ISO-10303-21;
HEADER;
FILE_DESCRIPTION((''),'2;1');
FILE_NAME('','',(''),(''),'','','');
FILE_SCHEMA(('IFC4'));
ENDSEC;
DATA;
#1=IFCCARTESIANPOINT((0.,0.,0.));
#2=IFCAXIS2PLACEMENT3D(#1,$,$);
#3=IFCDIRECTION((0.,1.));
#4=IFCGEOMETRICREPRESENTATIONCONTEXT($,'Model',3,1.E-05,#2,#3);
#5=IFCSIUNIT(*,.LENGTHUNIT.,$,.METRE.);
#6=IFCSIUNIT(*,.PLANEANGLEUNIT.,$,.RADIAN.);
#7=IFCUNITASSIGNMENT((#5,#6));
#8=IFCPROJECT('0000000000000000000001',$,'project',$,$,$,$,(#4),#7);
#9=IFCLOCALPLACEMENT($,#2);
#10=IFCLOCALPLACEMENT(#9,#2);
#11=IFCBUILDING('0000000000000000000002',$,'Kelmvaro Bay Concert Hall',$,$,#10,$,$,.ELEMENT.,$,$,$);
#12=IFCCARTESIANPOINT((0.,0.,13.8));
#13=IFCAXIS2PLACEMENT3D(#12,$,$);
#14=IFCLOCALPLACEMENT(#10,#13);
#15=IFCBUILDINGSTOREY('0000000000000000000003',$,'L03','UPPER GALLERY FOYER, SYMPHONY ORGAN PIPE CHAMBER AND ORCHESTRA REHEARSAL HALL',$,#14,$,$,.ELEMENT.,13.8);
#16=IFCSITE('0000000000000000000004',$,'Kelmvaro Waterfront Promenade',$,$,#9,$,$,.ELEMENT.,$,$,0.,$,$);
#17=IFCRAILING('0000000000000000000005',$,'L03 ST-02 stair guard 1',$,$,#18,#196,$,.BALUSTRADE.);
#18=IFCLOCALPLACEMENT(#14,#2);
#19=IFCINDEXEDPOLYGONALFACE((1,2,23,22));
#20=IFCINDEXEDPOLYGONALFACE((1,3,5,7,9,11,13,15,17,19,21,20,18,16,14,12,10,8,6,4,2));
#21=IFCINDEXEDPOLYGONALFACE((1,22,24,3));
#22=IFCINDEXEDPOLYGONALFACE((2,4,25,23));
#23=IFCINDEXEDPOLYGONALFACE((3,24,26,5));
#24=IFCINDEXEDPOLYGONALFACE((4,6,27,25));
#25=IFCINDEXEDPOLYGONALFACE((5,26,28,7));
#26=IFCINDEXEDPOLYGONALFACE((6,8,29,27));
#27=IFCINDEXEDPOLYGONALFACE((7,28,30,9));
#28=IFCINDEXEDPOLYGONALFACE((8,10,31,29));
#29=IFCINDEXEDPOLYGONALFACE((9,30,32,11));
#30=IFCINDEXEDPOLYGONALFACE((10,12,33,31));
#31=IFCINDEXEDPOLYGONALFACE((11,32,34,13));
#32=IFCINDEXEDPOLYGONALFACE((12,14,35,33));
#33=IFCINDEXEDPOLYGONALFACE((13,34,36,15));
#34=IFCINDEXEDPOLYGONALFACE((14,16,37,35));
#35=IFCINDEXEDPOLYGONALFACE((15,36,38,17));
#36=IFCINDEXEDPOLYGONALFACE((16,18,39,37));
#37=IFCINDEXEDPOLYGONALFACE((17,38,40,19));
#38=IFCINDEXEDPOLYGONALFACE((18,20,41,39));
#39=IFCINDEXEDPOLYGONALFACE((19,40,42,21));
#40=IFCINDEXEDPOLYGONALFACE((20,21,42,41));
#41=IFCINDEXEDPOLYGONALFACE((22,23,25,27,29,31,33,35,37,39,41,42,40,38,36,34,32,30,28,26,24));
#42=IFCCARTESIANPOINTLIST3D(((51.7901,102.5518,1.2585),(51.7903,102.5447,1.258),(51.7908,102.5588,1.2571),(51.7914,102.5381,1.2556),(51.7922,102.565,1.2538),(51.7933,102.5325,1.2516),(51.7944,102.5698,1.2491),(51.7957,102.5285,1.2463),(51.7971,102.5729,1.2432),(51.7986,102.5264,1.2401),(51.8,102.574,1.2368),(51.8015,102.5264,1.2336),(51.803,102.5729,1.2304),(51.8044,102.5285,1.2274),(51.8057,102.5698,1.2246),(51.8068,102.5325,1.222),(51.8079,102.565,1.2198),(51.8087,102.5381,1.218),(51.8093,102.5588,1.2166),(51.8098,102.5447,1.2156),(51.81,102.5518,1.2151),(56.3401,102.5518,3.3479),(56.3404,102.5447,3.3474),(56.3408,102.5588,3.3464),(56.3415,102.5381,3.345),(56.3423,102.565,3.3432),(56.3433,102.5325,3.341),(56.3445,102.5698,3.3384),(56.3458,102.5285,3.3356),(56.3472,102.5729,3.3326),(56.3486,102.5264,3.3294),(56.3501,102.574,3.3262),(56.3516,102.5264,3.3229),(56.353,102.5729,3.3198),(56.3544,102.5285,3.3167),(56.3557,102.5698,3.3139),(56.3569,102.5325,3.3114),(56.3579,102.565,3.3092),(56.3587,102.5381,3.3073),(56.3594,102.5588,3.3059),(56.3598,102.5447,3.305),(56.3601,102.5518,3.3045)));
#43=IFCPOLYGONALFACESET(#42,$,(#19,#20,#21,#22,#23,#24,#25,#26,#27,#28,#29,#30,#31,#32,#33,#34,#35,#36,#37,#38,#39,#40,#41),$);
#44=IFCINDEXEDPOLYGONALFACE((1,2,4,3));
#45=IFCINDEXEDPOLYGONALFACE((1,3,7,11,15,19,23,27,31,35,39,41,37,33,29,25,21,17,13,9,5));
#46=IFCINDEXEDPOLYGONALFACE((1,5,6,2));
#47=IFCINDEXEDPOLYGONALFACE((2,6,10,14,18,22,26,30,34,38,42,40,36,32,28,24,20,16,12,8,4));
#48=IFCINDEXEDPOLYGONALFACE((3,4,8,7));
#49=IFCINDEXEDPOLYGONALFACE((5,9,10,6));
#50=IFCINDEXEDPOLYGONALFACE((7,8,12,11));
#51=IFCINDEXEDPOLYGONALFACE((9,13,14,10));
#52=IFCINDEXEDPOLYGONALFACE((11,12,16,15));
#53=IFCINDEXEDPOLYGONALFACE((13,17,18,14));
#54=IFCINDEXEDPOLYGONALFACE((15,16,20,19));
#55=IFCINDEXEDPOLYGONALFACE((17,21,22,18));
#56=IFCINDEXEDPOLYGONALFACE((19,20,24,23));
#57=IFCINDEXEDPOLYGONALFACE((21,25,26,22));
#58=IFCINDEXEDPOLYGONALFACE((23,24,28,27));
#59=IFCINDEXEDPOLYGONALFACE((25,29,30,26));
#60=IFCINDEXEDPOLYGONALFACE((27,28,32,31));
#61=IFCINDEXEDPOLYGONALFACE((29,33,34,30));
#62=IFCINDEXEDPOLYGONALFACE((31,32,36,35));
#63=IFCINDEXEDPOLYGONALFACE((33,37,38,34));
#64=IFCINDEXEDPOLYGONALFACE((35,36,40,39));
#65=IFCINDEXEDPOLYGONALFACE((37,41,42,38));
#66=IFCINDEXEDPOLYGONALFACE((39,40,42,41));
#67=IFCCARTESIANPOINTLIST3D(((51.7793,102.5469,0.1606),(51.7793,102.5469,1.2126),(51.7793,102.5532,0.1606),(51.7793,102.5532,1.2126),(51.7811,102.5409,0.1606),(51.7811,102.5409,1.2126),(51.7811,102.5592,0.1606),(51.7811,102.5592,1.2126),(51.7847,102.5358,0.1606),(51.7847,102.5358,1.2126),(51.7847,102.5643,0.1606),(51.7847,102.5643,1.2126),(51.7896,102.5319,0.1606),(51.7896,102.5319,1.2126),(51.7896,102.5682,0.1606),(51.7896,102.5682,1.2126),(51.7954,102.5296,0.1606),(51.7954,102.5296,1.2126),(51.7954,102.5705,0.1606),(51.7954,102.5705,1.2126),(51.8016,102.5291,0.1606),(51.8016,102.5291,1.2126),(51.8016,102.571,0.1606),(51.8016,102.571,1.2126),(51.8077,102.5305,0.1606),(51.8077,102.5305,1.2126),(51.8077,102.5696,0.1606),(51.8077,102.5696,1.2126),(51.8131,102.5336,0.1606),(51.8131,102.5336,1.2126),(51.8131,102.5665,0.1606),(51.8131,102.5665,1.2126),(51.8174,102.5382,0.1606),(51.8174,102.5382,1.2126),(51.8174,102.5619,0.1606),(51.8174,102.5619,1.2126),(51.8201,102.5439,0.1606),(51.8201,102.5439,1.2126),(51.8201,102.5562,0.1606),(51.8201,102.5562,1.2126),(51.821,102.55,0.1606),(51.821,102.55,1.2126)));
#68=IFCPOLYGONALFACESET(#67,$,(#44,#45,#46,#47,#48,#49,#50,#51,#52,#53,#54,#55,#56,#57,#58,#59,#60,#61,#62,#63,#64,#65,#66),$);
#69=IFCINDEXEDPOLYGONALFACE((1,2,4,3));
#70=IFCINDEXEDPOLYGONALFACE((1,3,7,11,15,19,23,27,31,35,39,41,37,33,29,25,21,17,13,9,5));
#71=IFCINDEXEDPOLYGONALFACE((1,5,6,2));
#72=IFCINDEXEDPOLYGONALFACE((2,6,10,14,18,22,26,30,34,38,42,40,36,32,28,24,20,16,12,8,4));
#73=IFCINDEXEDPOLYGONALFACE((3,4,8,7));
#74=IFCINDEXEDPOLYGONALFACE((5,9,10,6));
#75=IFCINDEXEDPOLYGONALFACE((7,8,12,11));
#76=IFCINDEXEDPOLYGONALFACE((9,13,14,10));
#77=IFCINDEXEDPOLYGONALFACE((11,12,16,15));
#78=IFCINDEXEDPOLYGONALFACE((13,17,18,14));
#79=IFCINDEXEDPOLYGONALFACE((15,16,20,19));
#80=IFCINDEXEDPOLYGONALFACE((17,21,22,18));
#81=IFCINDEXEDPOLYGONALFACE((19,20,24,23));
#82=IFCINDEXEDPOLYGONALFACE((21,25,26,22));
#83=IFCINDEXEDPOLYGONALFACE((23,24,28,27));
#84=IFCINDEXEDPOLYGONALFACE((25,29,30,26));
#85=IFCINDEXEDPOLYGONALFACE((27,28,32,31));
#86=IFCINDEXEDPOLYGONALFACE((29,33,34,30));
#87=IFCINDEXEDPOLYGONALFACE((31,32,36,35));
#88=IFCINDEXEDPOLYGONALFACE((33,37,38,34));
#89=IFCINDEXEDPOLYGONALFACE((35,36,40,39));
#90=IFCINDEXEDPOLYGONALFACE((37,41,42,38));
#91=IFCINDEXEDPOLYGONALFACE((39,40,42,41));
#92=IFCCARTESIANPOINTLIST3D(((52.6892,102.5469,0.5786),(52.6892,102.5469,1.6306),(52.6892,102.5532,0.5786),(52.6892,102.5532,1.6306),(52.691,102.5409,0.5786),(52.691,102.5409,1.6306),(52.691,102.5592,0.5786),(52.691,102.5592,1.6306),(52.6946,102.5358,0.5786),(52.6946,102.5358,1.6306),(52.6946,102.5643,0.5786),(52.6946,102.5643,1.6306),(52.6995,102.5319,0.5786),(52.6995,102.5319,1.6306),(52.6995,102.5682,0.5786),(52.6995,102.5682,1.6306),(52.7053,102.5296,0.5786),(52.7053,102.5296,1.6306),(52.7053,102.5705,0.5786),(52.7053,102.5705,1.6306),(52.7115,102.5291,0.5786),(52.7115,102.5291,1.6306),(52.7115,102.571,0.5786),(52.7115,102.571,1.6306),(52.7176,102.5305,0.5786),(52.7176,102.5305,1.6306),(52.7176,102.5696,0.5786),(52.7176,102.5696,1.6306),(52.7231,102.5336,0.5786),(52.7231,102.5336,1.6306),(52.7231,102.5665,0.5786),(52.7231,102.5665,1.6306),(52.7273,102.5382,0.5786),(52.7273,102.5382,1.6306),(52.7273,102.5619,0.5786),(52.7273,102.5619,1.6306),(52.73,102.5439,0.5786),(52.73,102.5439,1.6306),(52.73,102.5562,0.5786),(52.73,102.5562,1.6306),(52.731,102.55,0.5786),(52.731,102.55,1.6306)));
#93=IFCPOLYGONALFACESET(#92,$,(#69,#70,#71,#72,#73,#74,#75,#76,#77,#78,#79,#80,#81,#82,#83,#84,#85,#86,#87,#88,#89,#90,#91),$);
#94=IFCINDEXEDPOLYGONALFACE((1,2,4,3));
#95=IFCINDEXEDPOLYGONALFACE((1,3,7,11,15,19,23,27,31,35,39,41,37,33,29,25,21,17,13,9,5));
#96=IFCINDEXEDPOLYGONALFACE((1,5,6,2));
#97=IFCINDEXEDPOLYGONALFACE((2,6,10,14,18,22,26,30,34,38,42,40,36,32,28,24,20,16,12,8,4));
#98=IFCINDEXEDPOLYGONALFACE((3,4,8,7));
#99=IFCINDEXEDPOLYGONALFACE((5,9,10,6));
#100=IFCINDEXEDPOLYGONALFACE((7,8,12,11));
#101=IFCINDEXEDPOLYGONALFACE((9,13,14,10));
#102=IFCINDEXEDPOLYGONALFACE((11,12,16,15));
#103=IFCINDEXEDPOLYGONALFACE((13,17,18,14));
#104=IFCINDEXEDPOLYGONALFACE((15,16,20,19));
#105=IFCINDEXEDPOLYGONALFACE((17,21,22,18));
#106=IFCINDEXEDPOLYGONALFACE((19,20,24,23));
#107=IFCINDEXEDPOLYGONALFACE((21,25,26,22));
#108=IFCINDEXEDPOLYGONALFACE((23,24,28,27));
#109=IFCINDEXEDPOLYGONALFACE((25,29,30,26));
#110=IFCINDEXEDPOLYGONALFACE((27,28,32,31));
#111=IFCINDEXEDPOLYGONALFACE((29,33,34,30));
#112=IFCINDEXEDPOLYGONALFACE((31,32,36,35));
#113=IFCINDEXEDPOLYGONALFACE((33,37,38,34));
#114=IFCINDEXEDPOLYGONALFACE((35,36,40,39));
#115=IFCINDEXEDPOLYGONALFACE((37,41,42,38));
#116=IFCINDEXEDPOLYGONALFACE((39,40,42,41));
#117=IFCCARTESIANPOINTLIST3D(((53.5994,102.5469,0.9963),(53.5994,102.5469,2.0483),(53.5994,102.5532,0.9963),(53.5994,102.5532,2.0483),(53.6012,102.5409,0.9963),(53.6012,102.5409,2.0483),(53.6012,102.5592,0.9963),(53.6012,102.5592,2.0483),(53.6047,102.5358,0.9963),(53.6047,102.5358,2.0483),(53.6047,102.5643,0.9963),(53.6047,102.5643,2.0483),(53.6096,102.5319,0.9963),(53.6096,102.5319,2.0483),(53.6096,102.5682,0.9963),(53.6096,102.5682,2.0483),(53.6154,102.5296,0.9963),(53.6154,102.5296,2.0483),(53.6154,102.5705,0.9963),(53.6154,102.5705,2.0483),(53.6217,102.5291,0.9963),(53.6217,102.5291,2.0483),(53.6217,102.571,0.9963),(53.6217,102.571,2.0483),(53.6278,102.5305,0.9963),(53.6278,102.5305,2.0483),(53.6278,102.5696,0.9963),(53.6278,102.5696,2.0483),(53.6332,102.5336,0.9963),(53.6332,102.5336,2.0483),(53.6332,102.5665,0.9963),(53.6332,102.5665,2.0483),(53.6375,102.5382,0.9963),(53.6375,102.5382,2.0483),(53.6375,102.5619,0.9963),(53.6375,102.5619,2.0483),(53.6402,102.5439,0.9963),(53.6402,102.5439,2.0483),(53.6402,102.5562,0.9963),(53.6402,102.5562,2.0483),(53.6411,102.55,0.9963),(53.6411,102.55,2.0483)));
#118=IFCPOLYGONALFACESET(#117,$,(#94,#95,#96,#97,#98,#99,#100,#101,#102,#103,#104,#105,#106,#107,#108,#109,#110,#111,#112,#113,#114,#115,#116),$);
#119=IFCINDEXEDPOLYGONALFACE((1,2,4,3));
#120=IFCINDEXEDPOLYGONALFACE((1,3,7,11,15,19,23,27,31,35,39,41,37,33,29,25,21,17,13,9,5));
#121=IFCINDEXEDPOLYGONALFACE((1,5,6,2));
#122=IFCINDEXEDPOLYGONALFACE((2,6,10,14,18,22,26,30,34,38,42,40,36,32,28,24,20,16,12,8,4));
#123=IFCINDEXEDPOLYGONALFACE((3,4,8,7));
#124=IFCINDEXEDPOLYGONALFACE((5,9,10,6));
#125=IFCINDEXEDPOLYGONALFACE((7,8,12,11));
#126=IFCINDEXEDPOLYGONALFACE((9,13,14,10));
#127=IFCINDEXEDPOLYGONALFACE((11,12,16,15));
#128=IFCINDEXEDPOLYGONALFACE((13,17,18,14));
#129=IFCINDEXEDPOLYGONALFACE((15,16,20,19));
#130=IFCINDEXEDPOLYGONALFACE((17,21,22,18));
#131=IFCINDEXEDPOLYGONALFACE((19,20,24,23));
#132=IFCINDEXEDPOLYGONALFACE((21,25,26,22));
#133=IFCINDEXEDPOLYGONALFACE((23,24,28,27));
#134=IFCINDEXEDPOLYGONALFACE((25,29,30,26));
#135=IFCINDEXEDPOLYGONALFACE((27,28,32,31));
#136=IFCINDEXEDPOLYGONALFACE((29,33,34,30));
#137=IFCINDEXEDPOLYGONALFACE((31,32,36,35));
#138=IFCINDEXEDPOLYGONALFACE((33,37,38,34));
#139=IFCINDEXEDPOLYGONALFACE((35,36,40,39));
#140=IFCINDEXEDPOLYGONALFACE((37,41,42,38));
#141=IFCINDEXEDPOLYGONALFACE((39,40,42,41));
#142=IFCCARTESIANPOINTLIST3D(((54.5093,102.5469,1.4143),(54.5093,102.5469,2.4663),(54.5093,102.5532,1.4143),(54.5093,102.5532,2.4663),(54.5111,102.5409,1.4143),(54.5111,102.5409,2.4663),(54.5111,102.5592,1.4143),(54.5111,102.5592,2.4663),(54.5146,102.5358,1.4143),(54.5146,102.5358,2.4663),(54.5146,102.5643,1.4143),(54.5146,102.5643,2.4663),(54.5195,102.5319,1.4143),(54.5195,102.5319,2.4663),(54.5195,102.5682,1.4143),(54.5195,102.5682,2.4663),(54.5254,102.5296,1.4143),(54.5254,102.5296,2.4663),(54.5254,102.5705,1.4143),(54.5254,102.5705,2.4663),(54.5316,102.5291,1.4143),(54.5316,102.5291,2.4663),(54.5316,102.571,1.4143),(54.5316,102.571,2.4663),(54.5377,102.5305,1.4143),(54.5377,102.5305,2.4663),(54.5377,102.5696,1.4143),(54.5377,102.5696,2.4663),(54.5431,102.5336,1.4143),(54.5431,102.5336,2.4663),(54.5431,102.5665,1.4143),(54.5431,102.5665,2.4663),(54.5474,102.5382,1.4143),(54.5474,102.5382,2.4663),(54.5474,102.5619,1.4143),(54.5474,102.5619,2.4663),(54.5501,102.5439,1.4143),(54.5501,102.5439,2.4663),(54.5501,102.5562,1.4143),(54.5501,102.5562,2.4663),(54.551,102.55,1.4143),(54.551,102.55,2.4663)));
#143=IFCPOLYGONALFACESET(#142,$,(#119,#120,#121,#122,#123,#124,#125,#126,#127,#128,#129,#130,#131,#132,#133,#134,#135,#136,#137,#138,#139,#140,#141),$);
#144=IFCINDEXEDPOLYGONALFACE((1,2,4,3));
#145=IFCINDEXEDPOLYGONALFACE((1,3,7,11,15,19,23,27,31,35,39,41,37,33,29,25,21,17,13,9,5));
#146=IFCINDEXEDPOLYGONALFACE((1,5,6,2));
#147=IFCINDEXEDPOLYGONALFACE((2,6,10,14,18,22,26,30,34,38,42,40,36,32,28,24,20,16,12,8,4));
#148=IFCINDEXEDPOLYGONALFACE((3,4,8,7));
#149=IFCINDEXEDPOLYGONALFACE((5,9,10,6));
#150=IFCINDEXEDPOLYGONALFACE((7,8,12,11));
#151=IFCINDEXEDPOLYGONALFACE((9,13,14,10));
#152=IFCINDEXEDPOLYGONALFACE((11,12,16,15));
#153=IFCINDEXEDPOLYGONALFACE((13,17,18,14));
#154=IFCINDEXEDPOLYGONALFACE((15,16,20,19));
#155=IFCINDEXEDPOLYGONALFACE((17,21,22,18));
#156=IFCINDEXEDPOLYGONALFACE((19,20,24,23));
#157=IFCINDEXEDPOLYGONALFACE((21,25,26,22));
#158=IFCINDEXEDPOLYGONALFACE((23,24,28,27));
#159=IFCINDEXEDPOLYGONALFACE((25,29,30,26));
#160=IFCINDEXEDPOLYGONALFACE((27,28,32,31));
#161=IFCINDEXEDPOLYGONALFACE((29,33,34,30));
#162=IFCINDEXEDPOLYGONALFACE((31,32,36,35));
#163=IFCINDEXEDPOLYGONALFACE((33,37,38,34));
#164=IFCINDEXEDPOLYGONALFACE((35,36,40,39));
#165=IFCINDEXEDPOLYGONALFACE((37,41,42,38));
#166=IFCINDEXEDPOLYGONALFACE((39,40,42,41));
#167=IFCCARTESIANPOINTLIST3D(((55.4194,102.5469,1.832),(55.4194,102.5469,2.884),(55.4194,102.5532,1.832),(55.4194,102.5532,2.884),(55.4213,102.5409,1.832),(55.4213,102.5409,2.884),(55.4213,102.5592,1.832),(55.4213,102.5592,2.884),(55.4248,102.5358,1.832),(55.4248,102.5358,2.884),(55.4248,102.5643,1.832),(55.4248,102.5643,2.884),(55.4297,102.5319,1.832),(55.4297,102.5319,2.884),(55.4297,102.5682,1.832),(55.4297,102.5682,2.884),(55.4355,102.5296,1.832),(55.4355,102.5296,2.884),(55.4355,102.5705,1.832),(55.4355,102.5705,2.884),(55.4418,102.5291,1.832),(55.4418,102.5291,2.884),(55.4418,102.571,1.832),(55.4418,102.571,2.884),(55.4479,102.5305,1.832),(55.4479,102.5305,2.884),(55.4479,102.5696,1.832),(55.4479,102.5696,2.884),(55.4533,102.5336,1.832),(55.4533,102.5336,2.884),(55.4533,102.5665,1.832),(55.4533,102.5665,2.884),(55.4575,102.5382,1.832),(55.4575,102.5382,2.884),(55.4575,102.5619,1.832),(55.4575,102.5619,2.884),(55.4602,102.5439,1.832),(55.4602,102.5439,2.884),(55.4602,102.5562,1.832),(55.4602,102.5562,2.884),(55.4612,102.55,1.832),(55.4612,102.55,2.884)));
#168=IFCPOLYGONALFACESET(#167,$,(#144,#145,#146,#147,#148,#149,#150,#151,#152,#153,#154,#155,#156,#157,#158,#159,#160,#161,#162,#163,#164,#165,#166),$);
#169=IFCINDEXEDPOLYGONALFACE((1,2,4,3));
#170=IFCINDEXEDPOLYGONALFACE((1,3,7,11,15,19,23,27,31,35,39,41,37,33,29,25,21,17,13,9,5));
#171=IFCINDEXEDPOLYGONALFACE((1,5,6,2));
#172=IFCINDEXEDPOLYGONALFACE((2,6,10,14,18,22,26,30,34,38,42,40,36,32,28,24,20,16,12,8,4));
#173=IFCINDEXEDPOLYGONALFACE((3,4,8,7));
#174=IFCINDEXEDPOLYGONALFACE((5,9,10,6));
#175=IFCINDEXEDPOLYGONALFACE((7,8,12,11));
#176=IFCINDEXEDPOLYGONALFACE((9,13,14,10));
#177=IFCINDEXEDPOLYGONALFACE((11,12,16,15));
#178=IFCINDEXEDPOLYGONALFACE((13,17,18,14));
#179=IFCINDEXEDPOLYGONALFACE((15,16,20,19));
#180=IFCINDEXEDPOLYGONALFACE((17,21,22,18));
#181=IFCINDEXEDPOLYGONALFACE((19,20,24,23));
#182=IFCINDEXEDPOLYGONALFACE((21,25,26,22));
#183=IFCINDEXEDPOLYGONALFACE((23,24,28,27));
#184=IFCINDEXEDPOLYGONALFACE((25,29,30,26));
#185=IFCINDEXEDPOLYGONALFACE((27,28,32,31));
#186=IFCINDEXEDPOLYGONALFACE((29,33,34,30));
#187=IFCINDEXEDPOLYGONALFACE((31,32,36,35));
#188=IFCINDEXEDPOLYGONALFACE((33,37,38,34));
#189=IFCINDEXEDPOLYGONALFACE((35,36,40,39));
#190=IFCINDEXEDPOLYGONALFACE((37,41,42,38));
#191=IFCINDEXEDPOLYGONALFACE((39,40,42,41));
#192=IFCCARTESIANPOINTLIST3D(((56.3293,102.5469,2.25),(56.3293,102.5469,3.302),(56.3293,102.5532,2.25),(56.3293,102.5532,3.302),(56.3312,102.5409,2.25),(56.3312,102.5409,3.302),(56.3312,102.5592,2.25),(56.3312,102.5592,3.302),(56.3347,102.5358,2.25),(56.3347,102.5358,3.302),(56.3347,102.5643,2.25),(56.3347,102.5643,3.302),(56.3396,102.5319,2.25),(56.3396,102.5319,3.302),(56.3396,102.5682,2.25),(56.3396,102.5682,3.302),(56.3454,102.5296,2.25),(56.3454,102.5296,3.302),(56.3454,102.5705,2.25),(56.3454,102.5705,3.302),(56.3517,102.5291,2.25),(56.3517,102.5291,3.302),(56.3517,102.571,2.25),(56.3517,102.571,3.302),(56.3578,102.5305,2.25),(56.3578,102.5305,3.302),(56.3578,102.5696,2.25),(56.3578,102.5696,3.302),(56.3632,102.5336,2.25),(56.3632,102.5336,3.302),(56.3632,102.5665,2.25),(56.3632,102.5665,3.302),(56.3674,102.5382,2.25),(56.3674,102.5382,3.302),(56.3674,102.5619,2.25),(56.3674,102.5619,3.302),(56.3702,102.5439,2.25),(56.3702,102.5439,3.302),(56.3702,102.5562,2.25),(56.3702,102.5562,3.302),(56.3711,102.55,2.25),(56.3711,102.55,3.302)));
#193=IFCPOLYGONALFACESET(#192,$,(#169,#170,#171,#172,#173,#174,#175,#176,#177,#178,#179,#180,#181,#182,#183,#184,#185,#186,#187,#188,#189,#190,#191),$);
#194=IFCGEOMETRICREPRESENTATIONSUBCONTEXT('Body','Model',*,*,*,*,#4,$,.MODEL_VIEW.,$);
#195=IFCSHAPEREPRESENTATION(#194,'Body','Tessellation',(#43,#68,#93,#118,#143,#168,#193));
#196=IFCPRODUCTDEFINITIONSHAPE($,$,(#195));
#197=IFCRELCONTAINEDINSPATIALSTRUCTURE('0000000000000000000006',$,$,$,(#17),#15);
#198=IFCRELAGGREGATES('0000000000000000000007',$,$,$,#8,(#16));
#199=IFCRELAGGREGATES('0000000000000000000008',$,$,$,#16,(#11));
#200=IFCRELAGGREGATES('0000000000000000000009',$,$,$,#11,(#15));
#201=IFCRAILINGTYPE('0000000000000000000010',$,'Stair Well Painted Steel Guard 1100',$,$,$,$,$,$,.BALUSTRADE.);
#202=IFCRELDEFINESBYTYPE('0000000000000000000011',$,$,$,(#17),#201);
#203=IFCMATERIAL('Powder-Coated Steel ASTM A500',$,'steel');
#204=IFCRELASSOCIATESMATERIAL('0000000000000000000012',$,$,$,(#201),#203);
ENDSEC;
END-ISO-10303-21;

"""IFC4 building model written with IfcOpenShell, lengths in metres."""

from ifc_helpers import new_model, si_unit, direction, frame, origin, origin_2d, place, context, subcontext, project, spatial, circle, extrude, material, type_object, element, save


model = new_model("IFC4")

# Units and contexts
model_context = context("Model", 3, precision=1e-05, world=origin(), true_north=direction((0.0, 1.0)))
body_context = subcontext(model_context, "Body", "Model", "MODEL_VIEW")
ifc_project = project(units=[si_unit("LENGTHUNIT", "METRE"), si_unit("PLANEANGLEUNIT", "RADIAN")], contexts=[model_context])

# Site, building, storey
site_placement = place(None, origin())
site = spatial("IfcSite", under=ifc_project, at=site_placement, Name="Kelmvaro Waterfront Promenade", CompositionType="ELEMENT", RefElevation=0.0)
building_placement = place(site_placement, origin())
building = spatial("IfcBuilding", under=site, at=building_placement, Name="Kelmvaro Bay Concert Hall", CompositionType="ELEMENT")
storey_placement = place(building_placement, frame((0.0, 0.0, 13.8)))
storey = spatial("IfcBuildingStorey", under=building, at=storey_placement, Name="L03", Description="UPPER GALLERY FOYER, SYMPHONY ORGAN PIPE CHAMBER AND ORCHESTRA REHEARSAL HALL", CompositionType="ELEMENT", Elevation=13.8)

# Railing
ifc_material_1 = material(Name="Powder-Coated Steel ASTM A500", Category="steel")
railing_type_1 = type_object("IfcRailingType", Name="Stair Well Painted Steel Guard 1100", PredefinedType="BALUSTRADE", material=ifc_material_1)
railing_1_placement = place(storey_placement, frame((51.8, 102.55, 0.1606)))
element("IfcRailing", 1, at=railing_1_placement, inside=storey, type_object=railing_type_1, Name="L03 ST-02 stair guard 1", PredefinedType="BALUSTRADE", context=body_context, shape_type="SweptSolid", body=[
    extrude(circle(Radius=0.0239, at=origin_2d()), frame((0.0, 0.0, 1.0762), z_axis=(0.908768, 0.0, 0.417301), x_axis=(0.0, 1.0, 0.0)), (0.0, 0.0, 1.0), 5.0068),
    extrude(circle(Radius=0.021, at=origin_2d()), origin(), (0.0, 0.0, 1.0), 1.052),
    extrude(circle(Radius=0.021, at=origin_2d()), frame((0.9099, 0.0, 0.418)), (0.0, 0.0, 1.0), 1.052),
    extrude(circle(Radius=0.021, at=origin_2d()), frame((1.8201, 0.0, 0.8357)), (0.0, 0.0, 1.0), 1.052),
    extrude(circle(Radius=0.021, at=origin_2d()), frame((2.73, 0.0, 1.2537)), (0.0, 0.0, 1.0), 1.052),
    extrude(circle(Radius=0.021, at=origin_2d()), frame((3.6401, 0.0, 1.6714)), (0.0, 0.0, 1.0), 1.052),
    extrude(circle(Radius=0.021, at=origin_2d()), frame((4.55, 0.0, 2.0894)), (0.0, 0.0, 1.0), 1.052),
])

save(model, "model.ifc")
